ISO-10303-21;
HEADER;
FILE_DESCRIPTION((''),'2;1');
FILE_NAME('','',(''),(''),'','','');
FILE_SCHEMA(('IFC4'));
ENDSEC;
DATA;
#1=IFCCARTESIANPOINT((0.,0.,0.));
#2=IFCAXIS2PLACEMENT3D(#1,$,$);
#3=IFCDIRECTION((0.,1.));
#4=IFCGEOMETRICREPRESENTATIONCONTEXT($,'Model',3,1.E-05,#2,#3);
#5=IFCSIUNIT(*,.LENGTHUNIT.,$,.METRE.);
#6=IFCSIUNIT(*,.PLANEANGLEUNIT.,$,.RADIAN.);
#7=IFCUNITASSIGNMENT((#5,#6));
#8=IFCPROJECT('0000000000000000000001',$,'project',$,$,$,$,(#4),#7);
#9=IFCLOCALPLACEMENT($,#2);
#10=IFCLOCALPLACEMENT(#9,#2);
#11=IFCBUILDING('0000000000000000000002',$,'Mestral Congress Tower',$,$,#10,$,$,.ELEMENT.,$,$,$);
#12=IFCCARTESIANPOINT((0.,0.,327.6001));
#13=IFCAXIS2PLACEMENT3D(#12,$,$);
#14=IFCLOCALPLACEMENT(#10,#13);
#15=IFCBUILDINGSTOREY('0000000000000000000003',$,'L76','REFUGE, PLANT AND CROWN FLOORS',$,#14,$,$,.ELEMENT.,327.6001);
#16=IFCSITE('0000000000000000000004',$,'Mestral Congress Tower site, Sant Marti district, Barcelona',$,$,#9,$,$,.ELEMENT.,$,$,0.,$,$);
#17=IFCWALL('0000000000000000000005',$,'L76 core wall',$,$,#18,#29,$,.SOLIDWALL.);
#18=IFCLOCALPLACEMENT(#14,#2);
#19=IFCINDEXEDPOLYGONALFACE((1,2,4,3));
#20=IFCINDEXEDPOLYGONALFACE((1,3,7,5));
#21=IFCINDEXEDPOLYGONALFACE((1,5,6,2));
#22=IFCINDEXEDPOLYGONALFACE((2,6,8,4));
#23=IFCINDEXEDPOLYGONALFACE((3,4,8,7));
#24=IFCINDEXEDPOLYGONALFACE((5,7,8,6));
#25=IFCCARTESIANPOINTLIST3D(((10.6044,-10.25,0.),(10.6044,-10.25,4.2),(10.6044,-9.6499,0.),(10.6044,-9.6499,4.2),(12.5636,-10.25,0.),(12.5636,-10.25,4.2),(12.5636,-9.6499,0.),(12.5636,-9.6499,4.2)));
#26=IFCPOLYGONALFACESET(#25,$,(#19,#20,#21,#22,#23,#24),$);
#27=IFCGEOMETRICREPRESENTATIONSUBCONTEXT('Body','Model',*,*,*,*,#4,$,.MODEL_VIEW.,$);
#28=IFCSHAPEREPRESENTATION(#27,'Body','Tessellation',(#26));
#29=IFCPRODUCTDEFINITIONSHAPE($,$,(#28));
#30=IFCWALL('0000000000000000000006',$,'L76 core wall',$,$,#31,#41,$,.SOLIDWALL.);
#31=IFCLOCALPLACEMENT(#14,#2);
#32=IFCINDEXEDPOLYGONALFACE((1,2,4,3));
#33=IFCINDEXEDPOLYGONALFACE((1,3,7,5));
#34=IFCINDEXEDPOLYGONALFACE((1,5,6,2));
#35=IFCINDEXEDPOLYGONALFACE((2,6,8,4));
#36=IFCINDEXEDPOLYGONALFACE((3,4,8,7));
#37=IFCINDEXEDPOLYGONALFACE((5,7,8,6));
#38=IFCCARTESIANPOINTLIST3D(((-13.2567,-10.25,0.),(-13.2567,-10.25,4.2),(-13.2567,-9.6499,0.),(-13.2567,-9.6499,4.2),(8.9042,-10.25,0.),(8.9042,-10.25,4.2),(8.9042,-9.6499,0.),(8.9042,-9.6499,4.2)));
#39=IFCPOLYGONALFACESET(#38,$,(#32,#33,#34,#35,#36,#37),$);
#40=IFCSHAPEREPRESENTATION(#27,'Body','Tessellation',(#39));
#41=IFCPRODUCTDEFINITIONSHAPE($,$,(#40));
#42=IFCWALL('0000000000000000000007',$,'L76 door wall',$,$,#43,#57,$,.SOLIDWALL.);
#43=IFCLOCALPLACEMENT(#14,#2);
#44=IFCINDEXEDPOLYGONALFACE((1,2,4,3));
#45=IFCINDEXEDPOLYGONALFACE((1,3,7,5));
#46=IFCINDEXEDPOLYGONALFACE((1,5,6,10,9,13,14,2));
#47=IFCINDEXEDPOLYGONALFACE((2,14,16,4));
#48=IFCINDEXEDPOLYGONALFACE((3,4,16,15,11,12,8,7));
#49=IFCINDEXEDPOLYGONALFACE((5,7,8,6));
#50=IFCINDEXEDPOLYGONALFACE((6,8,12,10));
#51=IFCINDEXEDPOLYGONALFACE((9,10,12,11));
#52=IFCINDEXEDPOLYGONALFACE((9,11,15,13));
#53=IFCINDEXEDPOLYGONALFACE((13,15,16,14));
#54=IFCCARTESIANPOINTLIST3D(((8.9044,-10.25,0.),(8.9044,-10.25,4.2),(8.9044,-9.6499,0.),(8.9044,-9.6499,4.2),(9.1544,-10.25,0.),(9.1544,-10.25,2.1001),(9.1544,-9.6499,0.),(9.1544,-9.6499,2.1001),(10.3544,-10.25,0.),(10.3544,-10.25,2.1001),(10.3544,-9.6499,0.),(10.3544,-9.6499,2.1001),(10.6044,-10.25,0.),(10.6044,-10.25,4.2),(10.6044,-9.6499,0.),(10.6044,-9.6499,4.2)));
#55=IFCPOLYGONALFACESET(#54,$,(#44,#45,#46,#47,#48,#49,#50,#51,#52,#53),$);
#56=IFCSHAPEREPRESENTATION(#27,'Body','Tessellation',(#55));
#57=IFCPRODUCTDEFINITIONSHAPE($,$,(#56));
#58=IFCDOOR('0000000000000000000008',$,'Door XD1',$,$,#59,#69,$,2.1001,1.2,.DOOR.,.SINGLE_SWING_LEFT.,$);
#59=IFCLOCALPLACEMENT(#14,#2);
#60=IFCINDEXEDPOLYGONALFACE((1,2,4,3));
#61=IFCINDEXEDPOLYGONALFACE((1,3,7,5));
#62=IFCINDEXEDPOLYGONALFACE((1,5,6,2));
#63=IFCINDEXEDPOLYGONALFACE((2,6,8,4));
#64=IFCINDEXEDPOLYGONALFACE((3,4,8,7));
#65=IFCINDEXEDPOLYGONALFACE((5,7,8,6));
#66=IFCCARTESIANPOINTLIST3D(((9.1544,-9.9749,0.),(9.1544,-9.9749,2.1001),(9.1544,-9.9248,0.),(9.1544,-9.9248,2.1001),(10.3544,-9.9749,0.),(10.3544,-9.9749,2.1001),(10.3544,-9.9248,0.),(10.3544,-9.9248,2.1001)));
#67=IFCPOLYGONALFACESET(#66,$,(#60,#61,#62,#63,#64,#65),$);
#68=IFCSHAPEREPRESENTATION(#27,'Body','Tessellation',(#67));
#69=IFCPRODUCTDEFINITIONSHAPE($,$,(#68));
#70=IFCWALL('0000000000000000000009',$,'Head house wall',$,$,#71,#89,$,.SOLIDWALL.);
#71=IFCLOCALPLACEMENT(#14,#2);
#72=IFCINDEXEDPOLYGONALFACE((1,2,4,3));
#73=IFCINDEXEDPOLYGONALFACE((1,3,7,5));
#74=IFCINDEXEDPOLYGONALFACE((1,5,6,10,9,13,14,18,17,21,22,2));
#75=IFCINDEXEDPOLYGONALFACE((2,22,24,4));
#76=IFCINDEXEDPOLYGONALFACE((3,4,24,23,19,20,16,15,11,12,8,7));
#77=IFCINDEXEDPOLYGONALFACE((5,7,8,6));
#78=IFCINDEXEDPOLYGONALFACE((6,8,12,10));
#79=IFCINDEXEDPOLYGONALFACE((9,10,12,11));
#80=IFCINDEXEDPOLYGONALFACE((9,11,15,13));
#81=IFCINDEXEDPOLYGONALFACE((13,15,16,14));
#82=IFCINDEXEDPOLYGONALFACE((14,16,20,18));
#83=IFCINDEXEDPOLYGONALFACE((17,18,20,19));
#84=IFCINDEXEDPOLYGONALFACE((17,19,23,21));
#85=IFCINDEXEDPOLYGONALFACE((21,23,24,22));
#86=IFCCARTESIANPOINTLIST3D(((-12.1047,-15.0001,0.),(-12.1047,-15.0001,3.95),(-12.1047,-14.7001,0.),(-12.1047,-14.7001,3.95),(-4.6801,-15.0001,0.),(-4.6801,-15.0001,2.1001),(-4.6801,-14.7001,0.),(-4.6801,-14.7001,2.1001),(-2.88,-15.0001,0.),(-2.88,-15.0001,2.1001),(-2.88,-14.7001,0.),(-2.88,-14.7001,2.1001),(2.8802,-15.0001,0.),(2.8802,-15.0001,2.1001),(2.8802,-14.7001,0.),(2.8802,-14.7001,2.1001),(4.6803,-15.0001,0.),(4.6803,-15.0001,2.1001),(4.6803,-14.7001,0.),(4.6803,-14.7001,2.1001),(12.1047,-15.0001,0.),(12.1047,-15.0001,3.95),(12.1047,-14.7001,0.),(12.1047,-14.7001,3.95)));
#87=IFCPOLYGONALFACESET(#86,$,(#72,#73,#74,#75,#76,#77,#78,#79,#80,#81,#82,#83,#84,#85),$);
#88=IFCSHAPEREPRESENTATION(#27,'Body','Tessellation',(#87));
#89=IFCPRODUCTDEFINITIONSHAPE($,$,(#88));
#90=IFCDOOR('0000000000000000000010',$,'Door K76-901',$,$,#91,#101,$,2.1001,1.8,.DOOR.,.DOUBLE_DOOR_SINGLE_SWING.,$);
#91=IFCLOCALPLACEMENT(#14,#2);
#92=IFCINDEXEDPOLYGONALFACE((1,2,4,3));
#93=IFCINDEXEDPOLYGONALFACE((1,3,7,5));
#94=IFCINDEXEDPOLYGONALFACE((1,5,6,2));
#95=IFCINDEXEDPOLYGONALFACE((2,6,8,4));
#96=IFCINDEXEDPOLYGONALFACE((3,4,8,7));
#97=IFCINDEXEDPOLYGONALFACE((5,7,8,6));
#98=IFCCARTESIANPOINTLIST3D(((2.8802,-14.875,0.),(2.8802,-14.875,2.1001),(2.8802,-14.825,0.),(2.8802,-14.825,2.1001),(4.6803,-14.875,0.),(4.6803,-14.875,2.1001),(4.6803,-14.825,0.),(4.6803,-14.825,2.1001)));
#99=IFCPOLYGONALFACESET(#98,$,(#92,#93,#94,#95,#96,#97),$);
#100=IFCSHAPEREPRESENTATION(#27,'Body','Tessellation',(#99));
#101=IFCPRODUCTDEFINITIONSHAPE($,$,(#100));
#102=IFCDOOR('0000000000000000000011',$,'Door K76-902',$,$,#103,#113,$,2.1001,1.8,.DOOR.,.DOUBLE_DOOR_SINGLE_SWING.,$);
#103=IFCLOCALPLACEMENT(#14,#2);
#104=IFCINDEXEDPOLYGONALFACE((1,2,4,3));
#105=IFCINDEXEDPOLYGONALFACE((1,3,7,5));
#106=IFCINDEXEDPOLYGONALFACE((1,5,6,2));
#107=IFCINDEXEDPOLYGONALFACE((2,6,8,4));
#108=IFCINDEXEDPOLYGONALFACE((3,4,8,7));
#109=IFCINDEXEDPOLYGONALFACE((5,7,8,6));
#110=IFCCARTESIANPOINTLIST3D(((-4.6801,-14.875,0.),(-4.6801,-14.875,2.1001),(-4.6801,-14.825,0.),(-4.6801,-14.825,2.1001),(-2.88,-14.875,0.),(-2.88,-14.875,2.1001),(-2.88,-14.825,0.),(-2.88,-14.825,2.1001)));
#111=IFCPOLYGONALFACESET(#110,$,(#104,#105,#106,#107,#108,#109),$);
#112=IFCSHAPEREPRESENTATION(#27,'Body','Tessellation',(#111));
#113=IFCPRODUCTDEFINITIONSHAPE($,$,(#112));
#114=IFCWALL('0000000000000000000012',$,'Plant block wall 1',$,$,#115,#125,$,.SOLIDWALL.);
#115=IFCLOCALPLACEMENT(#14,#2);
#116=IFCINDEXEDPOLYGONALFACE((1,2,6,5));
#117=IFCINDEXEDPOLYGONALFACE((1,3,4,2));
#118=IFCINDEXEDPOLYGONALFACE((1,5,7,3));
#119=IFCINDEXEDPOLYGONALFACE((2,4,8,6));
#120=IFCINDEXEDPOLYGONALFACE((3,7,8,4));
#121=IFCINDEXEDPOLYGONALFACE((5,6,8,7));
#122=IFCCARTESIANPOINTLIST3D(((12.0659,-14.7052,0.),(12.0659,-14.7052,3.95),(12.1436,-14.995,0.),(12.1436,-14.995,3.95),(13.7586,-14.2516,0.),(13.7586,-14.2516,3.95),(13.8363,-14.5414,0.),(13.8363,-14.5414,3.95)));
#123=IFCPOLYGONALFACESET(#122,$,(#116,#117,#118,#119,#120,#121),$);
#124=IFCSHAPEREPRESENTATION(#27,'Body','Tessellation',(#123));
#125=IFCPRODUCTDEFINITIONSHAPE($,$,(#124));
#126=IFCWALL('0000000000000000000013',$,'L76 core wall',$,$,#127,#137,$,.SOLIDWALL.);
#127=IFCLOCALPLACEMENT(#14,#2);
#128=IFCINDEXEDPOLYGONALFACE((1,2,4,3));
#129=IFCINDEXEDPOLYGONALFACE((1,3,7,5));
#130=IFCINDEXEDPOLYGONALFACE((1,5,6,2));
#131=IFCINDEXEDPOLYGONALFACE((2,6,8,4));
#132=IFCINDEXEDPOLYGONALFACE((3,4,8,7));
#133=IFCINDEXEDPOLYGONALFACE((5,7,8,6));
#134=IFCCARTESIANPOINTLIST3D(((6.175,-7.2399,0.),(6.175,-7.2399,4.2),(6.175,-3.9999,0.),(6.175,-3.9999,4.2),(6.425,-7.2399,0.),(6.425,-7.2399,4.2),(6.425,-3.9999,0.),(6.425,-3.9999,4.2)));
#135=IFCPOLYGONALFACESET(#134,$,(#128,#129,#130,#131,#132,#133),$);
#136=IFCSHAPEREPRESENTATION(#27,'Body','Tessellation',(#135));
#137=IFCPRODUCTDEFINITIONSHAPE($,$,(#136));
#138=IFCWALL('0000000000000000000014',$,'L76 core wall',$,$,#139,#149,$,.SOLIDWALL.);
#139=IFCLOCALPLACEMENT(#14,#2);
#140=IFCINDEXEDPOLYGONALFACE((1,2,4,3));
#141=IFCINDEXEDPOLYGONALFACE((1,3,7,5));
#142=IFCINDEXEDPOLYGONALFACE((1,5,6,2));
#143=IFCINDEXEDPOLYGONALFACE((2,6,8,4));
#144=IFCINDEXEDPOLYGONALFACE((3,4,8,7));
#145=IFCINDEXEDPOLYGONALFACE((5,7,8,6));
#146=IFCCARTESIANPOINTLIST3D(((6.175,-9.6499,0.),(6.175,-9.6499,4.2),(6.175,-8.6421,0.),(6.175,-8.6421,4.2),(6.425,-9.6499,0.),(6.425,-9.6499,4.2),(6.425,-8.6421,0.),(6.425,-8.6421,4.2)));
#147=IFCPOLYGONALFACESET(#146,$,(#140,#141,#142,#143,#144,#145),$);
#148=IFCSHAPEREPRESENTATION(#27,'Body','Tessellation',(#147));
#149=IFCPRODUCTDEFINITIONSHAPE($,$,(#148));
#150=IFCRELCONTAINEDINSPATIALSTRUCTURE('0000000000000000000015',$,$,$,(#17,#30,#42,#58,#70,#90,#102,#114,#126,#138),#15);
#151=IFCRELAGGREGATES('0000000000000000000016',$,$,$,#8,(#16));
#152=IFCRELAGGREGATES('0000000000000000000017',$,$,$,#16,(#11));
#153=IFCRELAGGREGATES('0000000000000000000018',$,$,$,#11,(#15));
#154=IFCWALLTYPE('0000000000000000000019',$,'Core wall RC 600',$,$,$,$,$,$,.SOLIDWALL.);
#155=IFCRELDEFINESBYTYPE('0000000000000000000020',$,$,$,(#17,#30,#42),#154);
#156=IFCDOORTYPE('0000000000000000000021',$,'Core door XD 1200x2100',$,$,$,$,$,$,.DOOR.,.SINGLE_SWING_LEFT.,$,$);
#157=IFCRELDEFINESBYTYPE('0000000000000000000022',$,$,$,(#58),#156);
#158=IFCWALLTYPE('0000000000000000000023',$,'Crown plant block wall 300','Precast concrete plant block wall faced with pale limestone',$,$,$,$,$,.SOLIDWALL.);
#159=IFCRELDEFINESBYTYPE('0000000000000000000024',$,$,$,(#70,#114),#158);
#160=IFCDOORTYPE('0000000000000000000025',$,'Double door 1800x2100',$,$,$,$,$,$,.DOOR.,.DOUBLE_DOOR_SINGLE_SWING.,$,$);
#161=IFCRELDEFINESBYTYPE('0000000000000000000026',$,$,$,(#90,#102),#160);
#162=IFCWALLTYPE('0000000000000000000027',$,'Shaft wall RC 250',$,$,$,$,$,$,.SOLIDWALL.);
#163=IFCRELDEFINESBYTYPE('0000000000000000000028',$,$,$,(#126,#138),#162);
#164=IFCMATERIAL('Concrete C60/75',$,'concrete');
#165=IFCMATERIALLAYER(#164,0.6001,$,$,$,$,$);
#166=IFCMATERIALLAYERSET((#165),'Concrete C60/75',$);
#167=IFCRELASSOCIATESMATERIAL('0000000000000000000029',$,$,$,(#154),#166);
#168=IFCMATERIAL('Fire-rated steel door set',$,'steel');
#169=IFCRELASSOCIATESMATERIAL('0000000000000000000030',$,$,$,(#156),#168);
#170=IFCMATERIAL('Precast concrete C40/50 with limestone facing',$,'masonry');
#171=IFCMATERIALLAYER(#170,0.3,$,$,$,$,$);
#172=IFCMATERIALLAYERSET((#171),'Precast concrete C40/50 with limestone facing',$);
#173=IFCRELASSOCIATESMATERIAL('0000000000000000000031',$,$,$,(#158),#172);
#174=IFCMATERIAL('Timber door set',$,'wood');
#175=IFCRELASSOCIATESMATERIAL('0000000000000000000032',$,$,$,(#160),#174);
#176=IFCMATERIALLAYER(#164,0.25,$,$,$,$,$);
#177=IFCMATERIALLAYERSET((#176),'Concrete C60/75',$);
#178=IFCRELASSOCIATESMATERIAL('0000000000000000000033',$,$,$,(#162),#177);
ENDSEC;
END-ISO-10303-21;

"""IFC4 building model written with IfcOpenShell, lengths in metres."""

from ifc_helpers import new_model, si_unit, direction, frame, frame_2d, origin, place, context, subcontext, project, spatial, rectangle, extrude, material, layer, layer_set, type_object, element, fill, save


model = new_model("IFC4")

# Units and contexts
model_context = context("Model", 3, precision=1e-05, world=origin(), true_north=direction((0.0, 1.0)))
body_context = subcontext(model_context, "Body", "Model", "MODEL_VIEW")
ifc_project = project(units=[si_unit("LENGTHUNIT", "METRE"), si_unit("PLANEANGLEUNIT", "RADIAN")], contexts=[model_context])

# Site, building, storey
site_placement = place(None, origin())
site = spatial("IfcSite", under=ifc_project, at=site_placement, Name="Mestral Congress Tower site, Sant Marti district, Barcelona", CompositionType="ELEMENT", RefElevation=0.0)
building_placement = place(site_placement, origin())
building = spatial("IfcBuilding", under=site, at=building_placement, Name="Mestral Congress Tower", CompositionType="ELEMENT")
storey_placement = place(building_placement, frame((0.0, 0.0, 327.6001)))
storey = spatial("IfcBuildingStorey", under=building, at=storey_placement, Name="L76", Description="REFUGE, PLANT AND CROWN FLOORS", CompositionType="ELEMENT", Elevation=327.6001)

# Walls
ifc_material_1 = material(Name="Concrete C60/75", Category="concrete")
ifc_layer_1 = layer(ifc_material_1, 0.6001)
ifc_layer_set_1 = layer_set([ifc_layer_1], Name="Concrete C60/75")
wall_type_1 = type_object("IfcWallType", Name="Core wall RC 600", PredefinedType="SOLIDWALL", material=ifc_layer_set_1)
wall_1_placement = place(storey_placement, frame((10.6045, -9.95, 0.0), z_axis=(0.0, 0.0, 1.0), x_axis=(1.0, 0.0, 0.0)))
element("IfcWall", 1, at=wall_1_placement, inside=storey, type_object=wall_type_1, Name="L76 core wall", PredefinedType="SOLIDWALL", context=body_context, shape_type="SweptSolid", body=[
    extrude(rectangle(XDim=1.9592, YDim=0.6001, at=frame_2d((0.9795, 0.0))), origin(), (0.0, 0.0, 1.0), 4.2),
])
wall_2_placement = place(storey_placement, frame((8.9043, -9.95, 0.0), z_axis=(0.0, 0.0, 1.0), x_axis=(-1.0, 0.0, 0.0)))
element("IfcWall", 2, at=wall_2_placement, inside=storey, type_object=wall_type_1, Name="L76 core wall", PredefinedType="SOLIDWALL", context=body_context, shape_type="SweptSolid", body=[
    extrude(rectangle(XDim=22.1609, YDim=0.6001, at=frame_2d((11.0806, 0.0))), origin(), (0.0, 0.0, 1.0), 4.2),
])

# Wall, opening, door
wall_3_placement = place(storey_placement, frame((10.6045, -9.95, 0.0), z_axis=(0.0, 0.0, 1.0), x_axis=(-1.0, 0.0, 0.0)))
wall_3 = element("IfcWall", 3, at=wall_3_placement, inside=storey, type_object=wall_type_1, Name="L76 door wall", PredefinedType="SOLIDWALL", context=body_context, shape_type="SweptSolid", body=[
    extrude(rectangle(XDim=1.7, YDim=0.6001, at=frame_2d((0.8501, 0.0))), origin(), (0.0, 0.0, 1.0), 4.2),
])
opening_1_placement = place(wall_3_placement, frame((0.25, 0.0, 0.0)))
opening_1 = element("IfcOpeningElement", 4, at=opening_1_placement, cuts=wall_3, PredefinedType="OPENING", context=body_context, shape_type="SweptSolid", body=[
    extrude(rectangle(XDim=1.2, YDim=2.1001, at=frame_2d((0.6001, 1.05))), frame((0.0, 0.3101, 0.0), z_axis=(0.0, -1.0, 0.0), x_axis=(1.0, 0.0, 0.0)), (0.0, 0.0, 1.0), 0.6201),
])
ifc_material_2 = material(Name="Fire-rated steel door set", Category="steel")
door_type_1 = type_object("IfcDoorType", Name="Core door XD 1200x2100", OperationType="SINGLE_SWING_LEFT", PredefinedType="DOOR", material=ifc_material_2)
door_1_placement = place(opening_1_placement, origin())
door_1 = element("IfcDoor", 5, at=door_1_placement, inside=storey, type_object=door_type_1, Name="Door XD1", OperationType="SINGLE_SWING_LEFT", OverallHeight=2.1001, OverallWidth=1.2, PredefinedType="DOOR", context=body_context, shape_type="SweptSolid", body=[
    extrude(rectangle(XDim=1.2, YDim=2.1001, at=frame_2d((0.6001, 1.05))), frame((0.0, 0.0249, 0.0), z_axis=(0.0, -1.0, 0.0), x_axis=(1.0, 0.0, 0.0)), (0.0, 0.0, 1.0), 0.05),
])
fill(opening_1, door_1)

# Wall, openings, doors
ifc_material_3 = material(Name="Precast concrete C40/50 with limestone facing", Category="masonry")
ifc_layer_2 = layer(ifc_material_3, 0.3)
ifc_layer_set_2 = layer_set([ifc_layer_2], Name="Precast concrete C40/50 with limestone facing")
wall_type_2 = type_object("IfcWallType", Name="Crown plant block wall 300", Description="Precast concrete plant block wall faced with pale limestone", PredefinedType="SOLIDWALL", material=ifc_layer_set_2)
wall_4_placement = place(storey_placement, frame((12.1047, -14.8501, 0.0), z_axis=(0.0, 0.0, 1.0), x_axis=(-1.0, 0.0, 0.0)))
wall_4 = element("IfcWall", 6, at=wall_4_placement, inside=storey, type_object=wall_type_2, Name="Head house wall", PredefinedType="SOLIDWALL", context=body_context, shape_type="SweptSolid", body=[
    extrude(rectangle(XDim=24.2095, YDim=0.3, at=frame_2d((12.1047, 0.0))), origin(), (0.0, 0.0, 1.0), 3.95),
])
opening_2_placement = place(wall_4_placement, frame((7.4246, 0.0, 0.0)))
opening_2 = element("IfcOpeningElement", 7, at=opening_2_placement, cuts=wall_4, PredefinedType="OPENING", context=body_context, shape_type="SweptSolid", body=[
    extrude(rectangle(XDim=1.8, YDim=2.1001, at=frame_2d((0.8999, 1.05))), frame((0.0, 0.1599, 0.0), z_axis=(0.0, -1.0, 0.0), x_axis=(1.0, 0.0, 0.0)), (0.0, 0.0, 1.0), 0.3201),
])
opening_3_placement = place(wall_4_placement, frame((14.9849, 0.0, 0.0)))
opening_3 = element("IfcOpeningElement", 8, at=opening_3_placement, cuts=wall_4, PredefinedType="OPENING", context=body_context, shape_type="SweptSolid", body=[
    extrude(rectangle(XDim=1.8, YDim=2.1001, at=frame_2d((0.8999, 1.05))), frame((0.0, 0.1599, 0.0), z_axis=(0.0, -1.0, 0.0), x_axis=(1.0, 0.0, 0.0)), (0.0, 0.0, 1.0), 0.3201),
])
ifc_material_4 = material(Name="Timber door set", Category="wood")
door_type_2 = type_object("IfcDoorType", Name="Double door 1800x2100", OperationType="DOUBLE_DOOR_SINGLE_SWING", PredefinedType="DOOR", material=ifc_material_4)
door_2_placement = place(opening_2_placement, origin())
door_2 = element("IfcDoor", 9, at=door_2_placement, inside=storey, type_object=door_type_2, Name="Door K76-901", OperationType="DOUBLE_DOOR_SINGLE_SWING", OverallHeight=2.1001, OverallWidth=1.8, PredefinedType="DOOR", context=body_context, shape_type="SweptSolid", body=[
    extrude(rectangle(XDim=1.8, YDim=2.1001, at=frame_2d((0.8999, 1.05))), frame((0.0, 0.0249, 0.0), z_axis=(0.0, -1.0, 0.0), x_axis=(1.0, 0.0, 0.0)), (0.0, 0.0, 1.0), 0.05),
])
fill(opening_2, door_2)
door_3_placement = place(opening_3_placement, origin())
door_3 = element("IfcDoor", 10, at=door_3_placement, inside=storey, type_object=door_type_2, Name="Door K76-902", OperationType="DOUBLE_DOOR_SINGLE_SWING", OverallHeight=2.1001, OverallWidth=1.8, PredefinedType="DOOR", context=body_context, shape_type="SweptSolid", body=[
    extrude(rectangle(XDim=1.8, YDim=2.1001, at=frame_2d((0.8999, 1.05))), frame((0.0, 0.0249, 0.0), z_axis=(0.0, -1.0, 0.0), x_axis=(1.0, 0.0, 0.0)), (0.0, 0.0, 1.0), 0.05),
])
fill(opening_3, door_3)

# Walls
wall_5_placement = place(storey_placement, frame((12.1047, -14.8501, 0.0), z_axis=(0.0, 0.0, 1.0), x_axis=(0.965915, 0.258859, 0.0)))
element("IfcWall", 11, at=wall_5_placement, inside=storey, type_object=wall_type_2, Name="Plant block wall 1", PredefinedType="SOLIDWALL", context=body_context, shape_type="SweptSolid", body=[
    extrude(rectangle(XDim=1.7524, YDim=0.3, at=frame_2d((0.8762, 0.0))), origin(), (0.0, 0.0, 1.0), 3.95),
])
ifc_layer_3 = layer(ifc_material_1, 0.25)
ifc_layer_set_3 = layer_set([ifc_layer_3], Name="Concrete C60/75")
wall_type_3 = type_object("IfcWallType", Name="Shaft wall RC 250", PredefinedType="SOLIDWALL", material=ifc_layer_set_3)
wall_6_placement = place(storey_placement, frame((6.3, -7.24, 0.0), z_axis=(0.0, 0.0, 1.0), x_axis=(0.0, 1.0, 0.0)))
element("IfcWall", 12, at=wall_6_placement, inside=storey, type_object=wall_type_3, Name="L76 core wall", PredefinedType="SOLIDWALL", context=body_context, shape_type="SweptSolid", body=[
    extrude(rectangle(XDim=3.24, YDim=0.25, at=frame_2d((1.6201, 0.0))), origin(), (0.0, 0.0, 1.0), 4.2),
])
wall_7_placement = place(storey_placement, frame((6.3, -9.6499, 0.0), z_axis=(0.0, 0.0, 1.0), x_axis=(0.0, 1.0, 0.0)))
element("IfcWall", 13, at=wall_7_placement, inside=storey, type_object=wall_type_3, Name="L76 core wall", PredefinedType="SOLIDWALL", context=body_context, shape_type="SweptSolid", body=[
    extrude(rectangle(XDim=1.0078, YDim=0.25, at=frame_2d((0.5039, 0.0))), origin(), (0.0, 0.0, 1.0), 4.2),
])

save(model, "model.ifc")
